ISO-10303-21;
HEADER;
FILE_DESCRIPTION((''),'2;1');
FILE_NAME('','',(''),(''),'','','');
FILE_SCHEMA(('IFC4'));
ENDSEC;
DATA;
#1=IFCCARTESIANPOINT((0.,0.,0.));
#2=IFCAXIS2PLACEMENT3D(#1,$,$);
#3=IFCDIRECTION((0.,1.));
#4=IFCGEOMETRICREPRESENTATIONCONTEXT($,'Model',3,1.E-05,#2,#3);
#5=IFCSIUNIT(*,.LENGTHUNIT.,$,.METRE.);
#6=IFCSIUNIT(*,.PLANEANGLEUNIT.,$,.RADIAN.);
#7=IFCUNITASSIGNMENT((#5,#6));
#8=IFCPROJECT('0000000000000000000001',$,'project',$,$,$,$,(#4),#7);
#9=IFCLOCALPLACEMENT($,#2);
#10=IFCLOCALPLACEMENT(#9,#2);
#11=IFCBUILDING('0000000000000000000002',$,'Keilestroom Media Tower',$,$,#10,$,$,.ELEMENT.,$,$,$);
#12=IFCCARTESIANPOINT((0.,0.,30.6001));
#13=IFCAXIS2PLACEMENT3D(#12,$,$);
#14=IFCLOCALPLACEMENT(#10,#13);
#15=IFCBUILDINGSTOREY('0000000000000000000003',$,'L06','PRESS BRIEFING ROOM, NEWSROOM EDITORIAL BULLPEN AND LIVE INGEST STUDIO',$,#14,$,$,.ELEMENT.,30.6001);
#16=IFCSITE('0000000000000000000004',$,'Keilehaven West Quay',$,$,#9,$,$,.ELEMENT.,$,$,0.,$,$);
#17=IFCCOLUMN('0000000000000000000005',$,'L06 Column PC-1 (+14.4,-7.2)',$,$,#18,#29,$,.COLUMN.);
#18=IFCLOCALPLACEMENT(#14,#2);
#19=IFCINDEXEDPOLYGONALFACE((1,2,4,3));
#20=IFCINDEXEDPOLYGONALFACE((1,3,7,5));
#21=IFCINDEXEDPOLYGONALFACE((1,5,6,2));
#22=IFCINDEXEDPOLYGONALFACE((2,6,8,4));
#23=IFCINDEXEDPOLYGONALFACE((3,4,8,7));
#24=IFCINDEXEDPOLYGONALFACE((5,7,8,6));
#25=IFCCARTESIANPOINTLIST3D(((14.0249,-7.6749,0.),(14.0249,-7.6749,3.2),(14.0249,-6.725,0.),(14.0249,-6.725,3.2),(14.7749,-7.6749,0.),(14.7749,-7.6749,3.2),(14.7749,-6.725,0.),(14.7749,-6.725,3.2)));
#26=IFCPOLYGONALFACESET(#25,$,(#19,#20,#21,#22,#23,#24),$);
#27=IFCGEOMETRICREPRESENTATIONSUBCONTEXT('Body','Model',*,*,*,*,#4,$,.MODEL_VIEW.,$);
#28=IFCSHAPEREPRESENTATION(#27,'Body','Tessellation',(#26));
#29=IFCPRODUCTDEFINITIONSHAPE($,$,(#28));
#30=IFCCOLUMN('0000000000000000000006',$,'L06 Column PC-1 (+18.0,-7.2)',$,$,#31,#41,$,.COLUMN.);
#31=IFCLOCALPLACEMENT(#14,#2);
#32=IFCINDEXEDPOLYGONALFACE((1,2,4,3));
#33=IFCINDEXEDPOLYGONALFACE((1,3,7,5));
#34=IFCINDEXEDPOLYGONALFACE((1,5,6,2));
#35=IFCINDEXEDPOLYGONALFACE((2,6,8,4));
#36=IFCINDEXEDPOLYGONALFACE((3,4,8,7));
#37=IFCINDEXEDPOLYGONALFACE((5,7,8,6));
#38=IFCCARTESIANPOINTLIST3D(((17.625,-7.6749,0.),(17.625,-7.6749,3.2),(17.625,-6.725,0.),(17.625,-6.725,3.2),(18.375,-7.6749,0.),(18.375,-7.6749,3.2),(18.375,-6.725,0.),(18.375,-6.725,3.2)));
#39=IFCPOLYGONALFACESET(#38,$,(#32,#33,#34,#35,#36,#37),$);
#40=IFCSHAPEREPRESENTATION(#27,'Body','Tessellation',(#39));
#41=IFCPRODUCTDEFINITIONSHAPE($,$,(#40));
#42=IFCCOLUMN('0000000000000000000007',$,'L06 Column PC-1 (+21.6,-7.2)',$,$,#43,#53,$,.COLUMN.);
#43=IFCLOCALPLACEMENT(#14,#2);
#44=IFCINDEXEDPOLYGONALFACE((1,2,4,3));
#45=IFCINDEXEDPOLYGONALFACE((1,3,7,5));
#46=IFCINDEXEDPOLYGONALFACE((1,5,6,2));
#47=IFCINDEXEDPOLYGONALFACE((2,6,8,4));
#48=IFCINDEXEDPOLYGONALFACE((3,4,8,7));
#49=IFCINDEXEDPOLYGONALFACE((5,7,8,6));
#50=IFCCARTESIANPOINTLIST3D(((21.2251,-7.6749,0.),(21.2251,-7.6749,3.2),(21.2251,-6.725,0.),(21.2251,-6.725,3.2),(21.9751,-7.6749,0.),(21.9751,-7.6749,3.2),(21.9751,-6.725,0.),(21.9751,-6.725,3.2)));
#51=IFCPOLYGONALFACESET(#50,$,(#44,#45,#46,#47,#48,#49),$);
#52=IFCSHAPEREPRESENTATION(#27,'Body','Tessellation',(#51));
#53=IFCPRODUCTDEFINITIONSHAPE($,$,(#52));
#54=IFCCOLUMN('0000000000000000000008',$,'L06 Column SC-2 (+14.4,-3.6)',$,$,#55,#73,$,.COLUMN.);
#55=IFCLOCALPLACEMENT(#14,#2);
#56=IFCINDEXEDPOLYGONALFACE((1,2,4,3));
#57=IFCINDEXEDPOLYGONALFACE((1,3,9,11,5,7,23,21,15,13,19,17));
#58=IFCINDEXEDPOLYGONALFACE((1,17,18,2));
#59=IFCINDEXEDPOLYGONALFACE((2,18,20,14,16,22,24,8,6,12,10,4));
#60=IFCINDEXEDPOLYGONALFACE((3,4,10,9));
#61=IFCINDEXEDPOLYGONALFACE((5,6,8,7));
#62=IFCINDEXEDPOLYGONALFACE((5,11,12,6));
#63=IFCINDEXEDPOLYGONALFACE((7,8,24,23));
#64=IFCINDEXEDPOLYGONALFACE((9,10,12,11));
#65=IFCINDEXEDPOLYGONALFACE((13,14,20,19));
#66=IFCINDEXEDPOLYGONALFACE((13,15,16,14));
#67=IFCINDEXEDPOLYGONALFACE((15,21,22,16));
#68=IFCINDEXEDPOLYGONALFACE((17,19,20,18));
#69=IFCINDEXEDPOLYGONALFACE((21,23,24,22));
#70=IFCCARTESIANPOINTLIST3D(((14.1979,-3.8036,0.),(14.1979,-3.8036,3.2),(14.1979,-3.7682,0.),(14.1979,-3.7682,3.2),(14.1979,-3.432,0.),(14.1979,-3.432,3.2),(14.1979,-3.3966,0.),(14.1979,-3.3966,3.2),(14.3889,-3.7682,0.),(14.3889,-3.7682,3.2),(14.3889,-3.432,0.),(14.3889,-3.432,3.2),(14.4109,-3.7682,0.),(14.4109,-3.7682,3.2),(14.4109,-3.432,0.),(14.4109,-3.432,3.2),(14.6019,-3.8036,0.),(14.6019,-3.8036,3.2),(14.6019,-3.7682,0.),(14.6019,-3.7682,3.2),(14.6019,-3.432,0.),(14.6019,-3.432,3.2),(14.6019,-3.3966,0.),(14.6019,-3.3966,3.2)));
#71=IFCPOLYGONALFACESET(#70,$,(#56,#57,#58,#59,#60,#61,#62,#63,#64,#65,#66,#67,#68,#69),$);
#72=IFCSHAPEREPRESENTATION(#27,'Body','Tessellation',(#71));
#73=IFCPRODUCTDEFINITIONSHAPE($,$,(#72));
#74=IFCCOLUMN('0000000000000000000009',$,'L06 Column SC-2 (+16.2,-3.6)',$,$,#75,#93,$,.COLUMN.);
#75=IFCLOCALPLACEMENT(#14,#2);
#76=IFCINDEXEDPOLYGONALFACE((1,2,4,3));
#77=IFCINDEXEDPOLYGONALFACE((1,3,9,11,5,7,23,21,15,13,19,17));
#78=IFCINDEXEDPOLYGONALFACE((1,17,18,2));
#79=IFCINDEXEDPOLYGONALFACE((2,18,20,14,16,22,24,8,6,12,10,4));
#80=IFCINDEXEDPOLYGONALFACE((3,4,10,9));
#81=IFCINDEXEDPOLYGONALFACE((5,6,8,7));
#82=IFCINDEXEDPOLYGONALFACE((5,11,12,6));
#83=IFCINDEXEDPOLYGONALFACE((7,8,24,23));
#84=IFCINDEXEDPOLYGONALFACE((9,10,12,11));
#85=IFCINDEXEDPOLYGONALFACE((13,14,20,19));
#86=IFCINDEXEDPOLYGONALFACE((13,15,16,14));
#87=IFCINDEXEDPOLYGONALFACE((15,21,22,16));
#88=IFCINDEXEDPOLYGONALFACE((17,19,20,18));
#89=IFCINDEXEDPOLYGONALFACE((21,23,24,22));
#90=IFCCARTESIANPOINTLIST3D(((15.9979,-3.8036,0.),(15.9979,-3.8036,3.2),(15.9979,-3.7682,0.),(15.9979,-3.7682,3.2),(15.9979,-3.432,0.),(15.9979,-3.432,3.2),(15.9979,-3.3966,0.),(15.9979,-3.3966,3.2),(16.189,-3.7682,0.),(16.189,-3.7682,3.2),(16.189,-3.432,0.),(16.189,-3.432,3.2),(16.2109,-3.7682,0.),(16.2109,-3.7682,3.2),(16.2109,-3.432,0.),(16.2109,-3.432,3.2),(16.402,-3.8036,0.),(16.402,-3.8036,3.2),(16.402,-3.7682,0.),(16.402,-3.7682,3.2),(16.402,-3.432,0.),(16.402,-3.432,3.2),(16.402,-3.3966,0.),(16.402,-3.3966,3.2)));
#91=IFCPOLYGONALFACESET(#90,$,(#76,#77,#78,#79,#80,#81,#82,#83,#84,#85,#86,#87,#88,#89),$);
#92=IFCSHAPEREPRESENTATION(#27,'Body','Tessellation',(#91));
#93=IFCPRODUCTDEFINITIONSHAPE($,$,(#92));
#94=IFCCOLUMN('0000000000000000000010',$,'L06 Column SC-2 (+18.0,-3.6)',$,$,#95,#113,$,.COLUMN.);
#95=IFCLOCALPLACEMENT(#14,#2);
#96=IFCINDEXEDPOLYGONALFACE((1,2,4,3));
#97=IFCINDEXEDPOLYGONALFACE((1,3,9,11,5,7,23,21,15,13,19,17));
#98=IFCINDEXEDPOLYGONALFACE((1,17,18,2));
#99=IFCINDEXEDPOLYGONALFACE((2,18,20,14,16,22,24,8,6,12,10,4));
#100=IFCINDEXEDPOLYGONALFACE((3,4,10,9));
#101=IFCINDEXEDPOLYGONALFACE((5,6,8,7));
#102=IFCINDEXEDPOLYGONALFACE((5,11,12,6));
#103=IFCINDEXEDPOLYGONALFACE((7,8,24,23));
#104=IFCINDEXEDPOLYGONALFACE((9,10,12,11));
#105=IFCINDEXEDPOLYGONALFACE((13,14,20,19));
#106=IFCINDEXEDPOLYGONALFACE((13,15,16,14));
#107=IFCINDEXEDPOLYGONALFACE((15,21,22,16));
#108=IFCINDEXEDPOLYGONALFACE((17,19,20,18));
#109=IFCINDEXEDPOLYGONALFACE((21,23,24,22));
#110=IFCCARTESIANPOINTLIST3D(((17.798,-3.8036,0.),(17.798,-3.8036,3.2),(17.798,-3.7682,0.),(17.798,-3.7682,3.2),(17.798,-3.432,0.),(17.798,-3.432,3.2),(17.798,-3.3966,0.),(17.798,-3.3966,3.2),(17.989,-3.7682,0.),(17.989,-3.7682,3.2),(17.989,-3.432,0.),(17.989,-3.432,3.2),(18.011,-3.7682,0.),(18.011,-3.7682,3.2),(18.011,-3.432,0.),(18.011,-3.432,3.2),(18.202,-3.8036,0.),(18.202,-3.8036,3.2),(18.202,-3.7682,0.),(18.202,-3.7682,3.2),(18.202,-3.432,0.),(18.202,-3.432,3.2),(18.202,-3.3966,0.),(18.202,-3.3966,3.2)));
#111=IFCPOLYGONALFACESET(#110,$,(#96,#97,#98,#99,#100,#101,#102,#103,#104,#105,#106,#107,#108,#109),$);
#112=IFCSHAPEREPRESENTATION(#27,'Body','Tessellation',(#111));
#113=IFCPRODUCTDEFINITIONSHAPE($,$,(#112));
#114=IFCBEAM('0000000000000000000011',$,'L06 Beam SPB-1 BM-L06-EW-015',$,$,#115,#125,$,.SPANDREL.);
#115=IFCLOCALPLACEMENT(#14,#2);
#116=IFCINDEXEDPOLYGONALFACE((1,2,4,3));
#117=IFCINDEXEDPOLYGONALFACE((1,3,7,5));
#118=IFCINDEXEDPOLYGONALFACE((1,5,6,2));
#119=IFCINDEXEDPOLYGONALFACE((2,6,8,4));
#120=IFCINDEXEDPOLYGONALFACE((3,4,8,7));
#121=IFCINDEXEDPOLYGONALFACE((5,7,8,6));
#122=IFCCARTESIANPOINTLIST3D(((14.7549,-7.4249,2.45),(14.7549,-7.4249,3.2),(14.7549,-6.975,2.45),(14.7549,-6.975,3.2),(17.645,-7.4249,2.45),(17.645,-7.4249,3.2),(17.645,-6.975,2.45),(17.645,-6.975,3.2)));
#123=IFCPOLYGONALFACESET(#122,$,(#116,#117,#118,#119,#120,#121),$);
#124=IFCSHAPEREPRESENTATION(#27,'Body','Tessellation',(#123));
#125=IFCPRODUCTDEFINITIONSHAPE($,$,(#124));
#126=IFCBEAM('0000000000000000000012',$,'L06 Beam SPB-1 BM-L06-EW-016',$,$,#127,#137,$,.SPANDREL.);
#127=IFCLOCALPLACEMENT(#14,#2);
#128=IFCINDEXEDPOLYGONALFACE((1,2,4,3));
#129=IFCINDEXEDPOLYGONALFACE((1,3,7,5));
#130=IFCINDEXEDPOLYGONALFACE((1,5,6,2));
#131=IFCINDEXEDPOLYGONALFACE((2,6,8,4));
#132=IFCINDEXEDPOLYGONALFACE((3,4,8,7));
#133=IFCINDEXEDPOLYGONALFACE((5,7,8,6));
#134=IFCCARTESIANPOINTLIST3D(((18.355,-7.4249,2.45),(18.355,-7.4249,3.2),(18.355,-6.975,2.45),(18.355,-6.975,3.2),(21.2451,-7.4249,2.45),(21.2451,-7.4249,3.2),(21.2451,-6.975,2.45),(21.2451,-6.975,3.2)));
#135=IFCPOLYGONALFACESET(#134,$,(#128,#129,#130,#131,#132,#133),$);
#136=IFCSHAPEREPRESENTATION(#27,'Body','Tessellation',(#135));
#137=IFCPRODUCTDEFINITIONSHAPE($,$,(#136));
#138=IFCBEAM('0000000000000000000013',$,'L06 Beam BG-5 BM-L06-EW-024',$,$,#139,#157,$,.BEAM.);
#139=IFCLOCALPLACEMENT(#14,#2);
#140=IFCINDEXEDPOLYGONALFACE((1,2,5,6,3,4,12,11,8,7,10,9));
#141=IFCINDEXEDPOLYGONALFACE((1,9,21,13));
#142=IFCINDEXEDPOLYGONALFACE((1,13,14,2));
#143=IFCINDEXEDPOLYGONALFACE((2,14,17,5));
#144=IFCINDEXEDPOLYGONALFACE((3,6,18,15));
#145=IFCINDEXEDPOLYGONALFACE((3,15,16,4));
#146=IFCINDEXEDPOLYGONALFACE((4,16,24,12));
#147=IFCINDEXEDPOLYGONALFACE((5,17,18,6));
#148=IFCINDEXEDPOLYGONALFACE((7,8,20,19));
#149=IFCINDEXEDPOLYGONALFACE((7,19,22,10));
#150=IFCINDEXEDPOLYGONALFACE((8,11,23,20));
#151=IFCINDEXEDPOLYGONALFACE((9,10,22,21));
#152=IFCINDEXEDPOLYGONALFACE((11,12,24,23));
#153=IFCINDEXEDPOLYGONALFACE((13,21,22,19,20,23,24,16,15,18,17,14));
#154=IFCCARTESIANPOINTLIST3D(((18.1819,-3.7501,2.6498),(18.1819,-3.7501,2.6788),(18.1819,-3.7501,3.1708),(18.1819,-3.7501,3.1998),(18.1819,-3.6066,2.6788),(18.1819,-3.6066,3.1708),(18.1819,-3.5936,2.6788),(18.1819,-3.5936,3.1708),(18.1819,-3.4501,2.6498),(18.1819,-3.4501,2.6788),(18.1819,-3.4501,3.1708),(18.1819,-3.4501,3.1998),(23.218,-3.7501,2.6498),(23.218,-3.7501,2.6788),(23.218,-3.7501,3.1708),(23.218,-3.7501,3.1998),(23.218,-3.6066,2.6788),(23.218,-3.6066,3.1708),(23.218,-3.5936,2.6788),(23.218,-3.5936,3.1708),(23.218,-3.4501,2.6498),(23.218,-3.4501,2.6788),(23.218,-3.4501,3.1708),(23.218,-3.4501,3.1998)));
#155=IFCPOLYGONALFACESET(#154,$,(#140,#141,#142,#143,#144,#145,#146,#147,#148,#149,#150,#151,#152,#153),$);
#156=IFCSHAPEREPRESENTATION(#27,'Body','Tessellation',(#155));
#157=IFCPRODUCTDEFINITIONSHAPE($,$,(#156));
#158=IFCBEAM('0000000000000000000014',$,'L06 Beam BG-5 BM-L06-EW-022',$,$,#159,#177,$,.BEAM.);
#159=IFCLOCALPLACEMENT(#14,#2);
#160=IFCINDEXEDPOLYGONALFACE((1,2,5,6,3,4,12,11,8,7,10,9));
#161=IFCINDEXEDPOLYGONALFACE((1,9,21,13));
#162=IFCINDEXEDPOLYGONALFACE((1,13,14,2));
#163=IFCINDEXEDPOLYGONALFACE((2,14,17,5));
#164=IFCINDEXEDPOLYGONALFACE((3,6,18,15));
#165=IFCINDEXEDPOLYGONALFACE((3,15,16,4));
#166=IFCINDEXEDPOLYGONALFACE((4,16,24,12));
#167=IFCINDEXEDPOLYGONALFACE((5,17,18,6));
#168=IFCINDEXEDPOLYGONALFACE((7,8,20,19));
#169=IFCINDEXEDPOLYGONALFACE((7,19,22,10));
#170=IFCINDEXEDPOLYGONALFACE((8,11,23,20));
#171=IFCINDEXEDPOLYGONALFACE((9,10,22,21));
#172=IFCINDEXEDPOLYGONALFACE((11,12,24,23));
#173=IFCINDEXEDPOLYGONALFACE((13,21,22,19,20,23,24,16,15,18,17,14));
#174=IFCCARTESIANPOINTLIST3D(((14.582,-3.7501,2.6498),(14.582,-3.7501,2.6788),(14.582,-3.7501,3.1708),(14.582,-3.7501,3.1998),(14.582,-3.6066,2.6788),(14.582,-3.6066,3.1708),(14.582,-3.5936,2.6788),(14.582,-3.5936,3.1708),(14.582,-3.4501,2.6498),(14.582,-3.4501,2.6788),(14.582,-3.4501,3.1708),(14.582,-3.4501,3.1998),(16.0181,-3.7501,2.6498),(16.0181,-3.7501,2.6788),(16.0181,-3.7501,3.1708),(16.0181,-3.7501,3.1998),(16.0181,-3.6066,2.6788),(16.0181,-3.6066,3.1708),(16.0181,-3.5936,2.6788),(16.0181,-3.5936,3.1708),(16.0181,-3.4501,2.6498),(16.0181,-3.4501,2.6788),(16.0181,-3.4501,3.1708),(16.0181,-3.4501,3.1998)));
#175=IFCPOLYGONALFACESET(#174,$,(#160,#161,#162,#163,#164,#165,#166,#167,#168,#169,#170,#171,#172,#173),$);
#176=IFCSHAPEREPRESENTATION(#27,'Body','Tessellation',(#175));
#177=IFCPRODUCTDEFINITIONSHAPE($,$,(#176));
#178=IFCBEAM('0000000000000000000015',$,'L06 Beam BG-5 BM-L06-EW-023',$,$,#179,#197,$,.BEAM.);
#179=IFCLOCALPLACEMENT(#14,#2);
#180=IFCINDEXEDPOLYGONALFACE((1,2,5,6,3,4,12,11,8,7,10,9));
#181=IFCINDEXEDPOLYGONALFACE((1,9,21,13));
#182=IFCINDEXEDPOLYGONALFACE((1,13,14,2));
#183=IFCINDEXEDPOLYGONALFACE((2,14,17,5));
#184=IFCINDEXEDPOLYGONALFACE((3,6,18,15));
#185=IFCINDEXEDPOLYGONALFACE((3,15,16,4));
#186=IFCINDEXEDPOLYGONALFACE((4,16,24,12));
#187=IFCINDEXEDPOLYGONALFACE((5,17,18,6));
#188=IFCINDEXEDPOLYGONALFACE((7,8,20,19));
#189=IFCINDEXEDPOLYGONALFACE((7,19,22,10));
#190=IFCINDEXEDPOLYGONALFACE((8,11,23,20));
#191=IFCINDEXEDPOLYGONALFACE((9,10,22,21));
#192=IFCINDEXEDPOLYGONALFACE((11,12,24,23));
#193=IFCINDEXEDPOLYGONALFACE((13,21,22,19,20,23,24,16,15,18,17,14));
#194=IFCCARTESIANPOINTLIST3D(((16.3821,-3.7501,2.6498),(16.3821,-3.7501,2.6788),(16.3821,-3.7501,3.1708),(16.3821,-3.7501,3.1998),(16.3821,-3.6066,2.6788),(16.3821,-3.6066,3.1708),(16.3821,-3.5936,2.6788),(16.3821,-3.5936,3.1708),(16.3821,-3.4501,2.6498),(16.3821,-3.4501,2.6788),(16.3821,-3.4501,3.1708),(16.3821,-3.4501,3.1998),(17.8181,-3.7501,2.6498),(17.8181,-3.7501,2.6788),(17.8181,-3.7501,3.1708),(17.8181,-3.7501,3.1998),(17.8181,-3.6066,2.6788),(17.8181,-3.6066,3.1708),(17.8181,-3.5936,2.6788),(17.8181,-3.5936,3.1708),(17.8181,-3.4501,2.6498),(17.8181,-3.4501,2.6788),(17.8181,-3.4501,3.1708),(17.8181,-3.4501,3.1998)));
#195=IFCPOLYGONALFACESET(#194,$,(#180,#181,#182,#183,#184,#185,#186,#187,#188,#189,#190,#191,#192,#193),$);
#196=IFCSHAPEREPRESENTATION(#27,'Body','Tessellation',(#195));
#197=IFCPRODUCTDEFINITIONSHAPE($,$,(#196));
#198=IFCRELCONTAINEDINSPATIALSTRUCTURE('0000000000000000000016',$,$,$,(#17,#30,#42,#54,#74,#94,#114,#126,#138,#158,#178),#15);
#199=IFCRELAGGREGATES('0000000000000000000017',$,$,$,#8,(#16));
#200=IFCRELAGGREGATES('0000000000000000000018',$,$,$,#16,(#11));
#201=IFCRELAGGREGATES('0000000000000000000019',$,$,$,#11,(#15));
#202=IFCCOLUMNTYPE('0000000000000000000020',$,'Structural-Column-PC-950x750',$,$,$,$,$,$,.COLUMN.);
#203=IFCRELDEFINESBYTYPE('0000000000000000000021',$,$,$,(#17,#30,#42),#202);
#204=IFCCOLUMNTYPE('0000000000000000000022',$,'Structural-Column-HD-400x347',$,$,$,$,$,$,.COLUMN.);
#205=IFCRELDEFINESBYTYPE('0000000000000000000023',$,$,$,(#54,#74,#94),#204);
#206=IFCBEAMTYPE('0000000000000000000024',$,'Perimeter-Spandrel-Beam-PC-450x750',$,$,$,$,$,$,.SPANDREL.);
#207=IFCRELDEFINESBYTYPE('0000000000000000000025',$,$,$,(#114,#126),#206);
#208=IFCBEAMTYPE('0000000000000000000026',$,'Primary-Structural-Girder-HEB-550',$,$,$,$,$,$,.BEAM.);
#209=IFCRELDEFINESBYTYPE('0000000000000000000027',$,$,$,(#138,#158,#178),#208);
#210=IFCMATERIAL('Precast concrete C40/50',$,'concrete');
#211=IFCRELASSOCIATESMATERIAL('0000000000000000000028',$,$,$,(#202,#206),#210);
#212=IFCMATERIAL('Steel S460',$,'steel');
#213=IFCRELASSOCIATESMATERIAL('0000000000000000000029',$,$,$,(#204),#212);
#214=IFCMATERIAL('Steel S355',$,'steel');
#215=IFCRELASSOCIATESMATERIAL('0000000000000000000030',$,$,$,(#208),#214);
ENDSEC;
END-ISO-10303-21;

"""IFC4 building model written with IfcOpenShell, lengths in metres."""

from ifc_helpers import new_model, si_unit, direction, frame, origin, origin_2d, place, context, subcontext, project, spatial, rectangle, i_section, extrude, source, transform, mapped, material, material_profile, profile_set, type_object, element, save


model = new_model("IFC4")

# Units and contexts
model_context = context("Model", 3, precision=1e-05, world=origin(), true_north=direction((0.0, 1.0)))
body_context = subcontext(model_context, "Body", "Model", "MODEL_VIEW")
ifc_project = project(units=[si_unit("LENGTHUNIT", "METRE"), si_unit("PLANEANGLEUNIT", "RADIAN")], contexts=[model_context])

# Site, building, storey
site_placement = place(None, origin())
site = spatial("IfcSite", under=ifc_project, at=site_placement, Name="Keilehaven West Quay", CompositionType="ELEMENT", RefElevation=0.0)
building_placement = place(site_placement, origin())
building = spatial("IfcBuilding", under=site, at=building_placement, Name="Keilestroom Media Tower", CompositionType="ELEMENT")
storey_placement = place(building_placement, frame((0.0, 0.0, 30.6001)))
storey = spatial("IfcBuildingStorey", under=building, at=storey_placement, Name="L06", Description="PRESS BRIEFING ROOM, NEWSROOM EDITORIAL BULLPEN AND LIVE INGEST STUDIO", CompositionType="ELEMENT", Elevation=30.6001)

# Columns
ifc_material_1 = material(Name="Precast concrete C40/50", Category="concrete")
ifc_material_profile_1 = material_profile(ifc_material_1, rectangle(XDim=0.75, YDim=0.95, at=origin_2d()), Name="PC 950x750")
ifc_profile_set_1 = profile_set([ifc_material_profile_1], Name="Precast concrete C40/50")
column_type_1 = type_object("IfcColumnType", Name="Structural-Column-PC-950x750", PredefinedType="COLUMN", material=ifc_profile_set_1)
shared_shape_1 = source(origin(), body_context, "Body", "SweptSolid", [
    extrude(rectangle(XDim=0.75, YDim=0.95, at=origin_2d()), origin(), (0.0, 0.0, 1.0), 3.2),
])
for number, where, z_axis, x_axis, name in (
    (1, (14.3999, -7.2, 0.0), (0.0, 0.0, 1.0), (1.0, 0.0, 0.0), "L06 Column PC-1 (+14.4,-7.2)"),
    (2, (18.0, -7.2, 0.0), (0.0, 0.0, 1.0), (1.0, 0.0, 0.0), "L06 Column PC-1 (+18.0,-7.2)"),
    (3, (21.6001, -7.2, 0.0), (0.0, 0.0, 1.0), (1.0, 0.0, 0.0), "L06 Column PC-1 (+21.6,-7.2)"),
):
    element("IfcColumn", number, at=place(storey_placement, frame(where, z_axis=z_axis, x_axis=x_axis)), inside=storey, type_object=column_type_1, Name=name, PredefinedType="COLUMN", context=body_context, shape_type="MappedRepresentation", body=[
        mapped(shared_shape_1, transform((0.0, 0.0, 0.0), x_axis=(1.0, 0.0, 0.0), y_axis=(0.0, 1.0, 0.0), z_axis=(0.0, 0.0, 1.0), scale=1.0)),
    ])
ifc_material_2 = material(Name="Steel S460", Category="steel")
ifc_material_profile_2 = material_profile(ifc_material_2, i_section(OverallWidth=0.4041, OverallDepth=0.407, WebThickness=0.022, FlangeThickness=0.0354, at=origin_2d()), Name="HD 400x347")
ifc_profile_set_2 = profile_set([ifc_material_profile_2], Name="Steel S460")
column_type_2 = type_object("IfcColumnType", Name="Structural-Column-HD-400x347", PredefinedType="COLUMN", material=ifc_profile_set_2)
shared_shape_2 = source(origin(), body_context, "Body", "SweptSolid", [
    extrude(i_section(OverallWidth=0.4041, OverallDepth=0.407, WebThickness=0.022, FlangeThickness=0.0354, at=origin_2d()), origin(), (0.0, 0.0, 1.0), 3.2),
])
for number, where, z_axis, x_axis, name in (
    (4, (14.3999, -3.6001, 0.0), (0.0, 0.0, 1.0), (1.0, 0.0, 0.0), "L06 Column SC-2 (+14.4,-3.6)"),
    (5, (16.2, -3.6001, 0.0), (0.0, 0.0, 1.0), (1.0, 0.0, 0.0), "L06 Column SC-2 (+16.2,-3.6)"),
    (6, (18.0, -3.6001, 0.0), (0.0, 0.0, 1.0), (1.0, 0.0, 0.0), "L06 Column SC-2 (+18.0,-3.6)"),
):
    element("IfcColumn", number, at=place(storey_placement, frame(where, z_axis=z_axis, x_axis=x_axis)), inside=storey, type_object=column_type_2, Name=name, PredefinedType="COLUMN", context=body_context, shape_type="MappedRepresentation", body=[
        mapped(shared_shape_2, transform((0.0, 0.0, 0.0), x_axis=(1.0, 0.0, 0.0), y_axis=(0.0, 1.0, 0.0), z_axis=(0.0, 0.0, 1.0), scale=1.0)),
    ])

# Beams
ifc_material_profile_3 = material_profile(ifc_material_1, rectangle(XDim=0.45, YDim=0.75, at=origin_2d()), Name="PC 450x750")
ifc_profile_set_3 = profile_set([ifc_material_profile_3], Name="Precast concrete C40/50")
beam_type_1 = type_object("IfcBeamType", Name="Perimeter-Spandrel-Beam-PC-450x750", PredefinedType="SPANDREL", material=ifc_profile_set_3)
shared_shape_3 = source(origin(), body_context, "Body", "SweptSolid", [
    extrude(rectangle(XDim=0.45, YDim=0.75, at=origin_2d()), origin(), (0.0, 0.0, 1.0), 2.8901),
])
for number, where, z_axis, x_axis, name in (
    (7, (14.7549, -7.2, 2.825), (1.0, 0.0, 0.0), (0.0, 1.0, 0.0), "L06 Beam SPB-1 BM-L06-EW-015"),
    (8, (18.355, -7.2, 2.825), (1.0, 0.0, 0.0), (0.0, 1.0, 0.0), "L06 Beam SPB-1 BM-L06-EW-016"),
):
    element("IfcBeam", number, at=place(storey_placement, frame(where, z_axis=z_axis, x_axis=x_axis)), inside=storey, type_object=beam_type_1, Name=name, PredefinedType="SPANDREL", context=body_context, shape_type="MappedRepresentation", body=[
        mapped(shared_shape_3, transform((0.0, 0.0, 0.0), x_axis=(1.0, 0.0, 0.0), y_axis=(0.0, 1.0, 0.0), z_axis=(0.0, 0.0, 1.0), scale=1.0)),
    ])
ifc_material_3 = material(Name="Steel S355", Category="steel")
ifc_material_profile_4 = material_profile(ifc_material_3, i_section(OverallWidth=0.3, OverallDepth=0.55, WebThickness=0.0129, FlangeThickness=0.0291, at=origin_2d()), Name="HEB 550")
ifc_profile_set_4 = profile_set([ifc_material_profile_4], Name="Steel S355")
beam_type_2 = type_object("IfcBeamType", Name="Primary-Structural-Girder-HEB-550", PredefinedType="BEAM", material=ifc_profile_set_4)
shared_shape_4 = source(origin(), body_context, "Body", "SweptSolid", [
    extrude(i_section(OverallWidth=0.3, OverallDepth=0.55, WebThickness=0.0129, FlangeThickness=0.0291, at=origin_2d()), origin(), (0.0, 0.0, 1.0), 5.0361),
])
beam_1_placement = place(storey_placement, frame((18.1819, -3.6001, 2.9248), z_axis=(1.0, 0.0, 0.0), x_axis=(0.0, 1.0, 0.0)))
element("IfcBeam", 9, at=beam_1_placement, inside=storey, type_object=beam_type_2, Name="L06 Beam BG-5 BM-L06-EW-024", PredefinedType="BEAM", context=body_context, shape_type="MappedRepresentation", body=[
    mapped(shared_shape_4, transform((0.0, 0.0, 0.0), x_axis=(1.0, 0.0, 0.0), y_axis=(0.0, 1.0, 0.0), z_axis=(0.0, 0.0, 1.0), scale=1.0)),
])
shared_shape_5 = source(origin(), body_context, "Body", "SweptSolid", [
    extrude(i_section(OverallWidth=0.3, OverallDepth=0.55, WebThickness=0.0129, FlangeThickness=0.0291, at=origin_2d()), origin(), (0.0, 0.0, 1.0), 1.436),
])
for number, where, z_axis, x_axis, name in (
    (10, (14.582, -3.6001, 2.9248), (1.0, 0.0, 0.0), (0.0, 1.0, 0.0), "L06 Beam BG-5 BM-L06-EW-022"),
    (11, (16.3821, -3.6001, 2.9248), (1.0, 0.0, 0.0), (0.0, 1.0, 0.0), "L06 Beam BG-5 BM-L06-EW-023"),
):
    element("IfcBeam", number, at=place(storey_placement, frame(where, z_axis=z_axis, x_axis=x_axis)), inside=storey, type_object=beam_type_2, Name=name, PredefinedType="BEAM", context=body_context, shape_type="MappedRepresentation", body=[
        mapped(shared_shape_5, transform((0.0, 0.0, 0.0), x_axis=(1.0, 0.0, 0.0), y_axis=(0.0, 1.0, 0.0), z_axis=(0.0, 0.0, 1.0), scale=1.0)),
    ])

save(model, "model.ifc")
